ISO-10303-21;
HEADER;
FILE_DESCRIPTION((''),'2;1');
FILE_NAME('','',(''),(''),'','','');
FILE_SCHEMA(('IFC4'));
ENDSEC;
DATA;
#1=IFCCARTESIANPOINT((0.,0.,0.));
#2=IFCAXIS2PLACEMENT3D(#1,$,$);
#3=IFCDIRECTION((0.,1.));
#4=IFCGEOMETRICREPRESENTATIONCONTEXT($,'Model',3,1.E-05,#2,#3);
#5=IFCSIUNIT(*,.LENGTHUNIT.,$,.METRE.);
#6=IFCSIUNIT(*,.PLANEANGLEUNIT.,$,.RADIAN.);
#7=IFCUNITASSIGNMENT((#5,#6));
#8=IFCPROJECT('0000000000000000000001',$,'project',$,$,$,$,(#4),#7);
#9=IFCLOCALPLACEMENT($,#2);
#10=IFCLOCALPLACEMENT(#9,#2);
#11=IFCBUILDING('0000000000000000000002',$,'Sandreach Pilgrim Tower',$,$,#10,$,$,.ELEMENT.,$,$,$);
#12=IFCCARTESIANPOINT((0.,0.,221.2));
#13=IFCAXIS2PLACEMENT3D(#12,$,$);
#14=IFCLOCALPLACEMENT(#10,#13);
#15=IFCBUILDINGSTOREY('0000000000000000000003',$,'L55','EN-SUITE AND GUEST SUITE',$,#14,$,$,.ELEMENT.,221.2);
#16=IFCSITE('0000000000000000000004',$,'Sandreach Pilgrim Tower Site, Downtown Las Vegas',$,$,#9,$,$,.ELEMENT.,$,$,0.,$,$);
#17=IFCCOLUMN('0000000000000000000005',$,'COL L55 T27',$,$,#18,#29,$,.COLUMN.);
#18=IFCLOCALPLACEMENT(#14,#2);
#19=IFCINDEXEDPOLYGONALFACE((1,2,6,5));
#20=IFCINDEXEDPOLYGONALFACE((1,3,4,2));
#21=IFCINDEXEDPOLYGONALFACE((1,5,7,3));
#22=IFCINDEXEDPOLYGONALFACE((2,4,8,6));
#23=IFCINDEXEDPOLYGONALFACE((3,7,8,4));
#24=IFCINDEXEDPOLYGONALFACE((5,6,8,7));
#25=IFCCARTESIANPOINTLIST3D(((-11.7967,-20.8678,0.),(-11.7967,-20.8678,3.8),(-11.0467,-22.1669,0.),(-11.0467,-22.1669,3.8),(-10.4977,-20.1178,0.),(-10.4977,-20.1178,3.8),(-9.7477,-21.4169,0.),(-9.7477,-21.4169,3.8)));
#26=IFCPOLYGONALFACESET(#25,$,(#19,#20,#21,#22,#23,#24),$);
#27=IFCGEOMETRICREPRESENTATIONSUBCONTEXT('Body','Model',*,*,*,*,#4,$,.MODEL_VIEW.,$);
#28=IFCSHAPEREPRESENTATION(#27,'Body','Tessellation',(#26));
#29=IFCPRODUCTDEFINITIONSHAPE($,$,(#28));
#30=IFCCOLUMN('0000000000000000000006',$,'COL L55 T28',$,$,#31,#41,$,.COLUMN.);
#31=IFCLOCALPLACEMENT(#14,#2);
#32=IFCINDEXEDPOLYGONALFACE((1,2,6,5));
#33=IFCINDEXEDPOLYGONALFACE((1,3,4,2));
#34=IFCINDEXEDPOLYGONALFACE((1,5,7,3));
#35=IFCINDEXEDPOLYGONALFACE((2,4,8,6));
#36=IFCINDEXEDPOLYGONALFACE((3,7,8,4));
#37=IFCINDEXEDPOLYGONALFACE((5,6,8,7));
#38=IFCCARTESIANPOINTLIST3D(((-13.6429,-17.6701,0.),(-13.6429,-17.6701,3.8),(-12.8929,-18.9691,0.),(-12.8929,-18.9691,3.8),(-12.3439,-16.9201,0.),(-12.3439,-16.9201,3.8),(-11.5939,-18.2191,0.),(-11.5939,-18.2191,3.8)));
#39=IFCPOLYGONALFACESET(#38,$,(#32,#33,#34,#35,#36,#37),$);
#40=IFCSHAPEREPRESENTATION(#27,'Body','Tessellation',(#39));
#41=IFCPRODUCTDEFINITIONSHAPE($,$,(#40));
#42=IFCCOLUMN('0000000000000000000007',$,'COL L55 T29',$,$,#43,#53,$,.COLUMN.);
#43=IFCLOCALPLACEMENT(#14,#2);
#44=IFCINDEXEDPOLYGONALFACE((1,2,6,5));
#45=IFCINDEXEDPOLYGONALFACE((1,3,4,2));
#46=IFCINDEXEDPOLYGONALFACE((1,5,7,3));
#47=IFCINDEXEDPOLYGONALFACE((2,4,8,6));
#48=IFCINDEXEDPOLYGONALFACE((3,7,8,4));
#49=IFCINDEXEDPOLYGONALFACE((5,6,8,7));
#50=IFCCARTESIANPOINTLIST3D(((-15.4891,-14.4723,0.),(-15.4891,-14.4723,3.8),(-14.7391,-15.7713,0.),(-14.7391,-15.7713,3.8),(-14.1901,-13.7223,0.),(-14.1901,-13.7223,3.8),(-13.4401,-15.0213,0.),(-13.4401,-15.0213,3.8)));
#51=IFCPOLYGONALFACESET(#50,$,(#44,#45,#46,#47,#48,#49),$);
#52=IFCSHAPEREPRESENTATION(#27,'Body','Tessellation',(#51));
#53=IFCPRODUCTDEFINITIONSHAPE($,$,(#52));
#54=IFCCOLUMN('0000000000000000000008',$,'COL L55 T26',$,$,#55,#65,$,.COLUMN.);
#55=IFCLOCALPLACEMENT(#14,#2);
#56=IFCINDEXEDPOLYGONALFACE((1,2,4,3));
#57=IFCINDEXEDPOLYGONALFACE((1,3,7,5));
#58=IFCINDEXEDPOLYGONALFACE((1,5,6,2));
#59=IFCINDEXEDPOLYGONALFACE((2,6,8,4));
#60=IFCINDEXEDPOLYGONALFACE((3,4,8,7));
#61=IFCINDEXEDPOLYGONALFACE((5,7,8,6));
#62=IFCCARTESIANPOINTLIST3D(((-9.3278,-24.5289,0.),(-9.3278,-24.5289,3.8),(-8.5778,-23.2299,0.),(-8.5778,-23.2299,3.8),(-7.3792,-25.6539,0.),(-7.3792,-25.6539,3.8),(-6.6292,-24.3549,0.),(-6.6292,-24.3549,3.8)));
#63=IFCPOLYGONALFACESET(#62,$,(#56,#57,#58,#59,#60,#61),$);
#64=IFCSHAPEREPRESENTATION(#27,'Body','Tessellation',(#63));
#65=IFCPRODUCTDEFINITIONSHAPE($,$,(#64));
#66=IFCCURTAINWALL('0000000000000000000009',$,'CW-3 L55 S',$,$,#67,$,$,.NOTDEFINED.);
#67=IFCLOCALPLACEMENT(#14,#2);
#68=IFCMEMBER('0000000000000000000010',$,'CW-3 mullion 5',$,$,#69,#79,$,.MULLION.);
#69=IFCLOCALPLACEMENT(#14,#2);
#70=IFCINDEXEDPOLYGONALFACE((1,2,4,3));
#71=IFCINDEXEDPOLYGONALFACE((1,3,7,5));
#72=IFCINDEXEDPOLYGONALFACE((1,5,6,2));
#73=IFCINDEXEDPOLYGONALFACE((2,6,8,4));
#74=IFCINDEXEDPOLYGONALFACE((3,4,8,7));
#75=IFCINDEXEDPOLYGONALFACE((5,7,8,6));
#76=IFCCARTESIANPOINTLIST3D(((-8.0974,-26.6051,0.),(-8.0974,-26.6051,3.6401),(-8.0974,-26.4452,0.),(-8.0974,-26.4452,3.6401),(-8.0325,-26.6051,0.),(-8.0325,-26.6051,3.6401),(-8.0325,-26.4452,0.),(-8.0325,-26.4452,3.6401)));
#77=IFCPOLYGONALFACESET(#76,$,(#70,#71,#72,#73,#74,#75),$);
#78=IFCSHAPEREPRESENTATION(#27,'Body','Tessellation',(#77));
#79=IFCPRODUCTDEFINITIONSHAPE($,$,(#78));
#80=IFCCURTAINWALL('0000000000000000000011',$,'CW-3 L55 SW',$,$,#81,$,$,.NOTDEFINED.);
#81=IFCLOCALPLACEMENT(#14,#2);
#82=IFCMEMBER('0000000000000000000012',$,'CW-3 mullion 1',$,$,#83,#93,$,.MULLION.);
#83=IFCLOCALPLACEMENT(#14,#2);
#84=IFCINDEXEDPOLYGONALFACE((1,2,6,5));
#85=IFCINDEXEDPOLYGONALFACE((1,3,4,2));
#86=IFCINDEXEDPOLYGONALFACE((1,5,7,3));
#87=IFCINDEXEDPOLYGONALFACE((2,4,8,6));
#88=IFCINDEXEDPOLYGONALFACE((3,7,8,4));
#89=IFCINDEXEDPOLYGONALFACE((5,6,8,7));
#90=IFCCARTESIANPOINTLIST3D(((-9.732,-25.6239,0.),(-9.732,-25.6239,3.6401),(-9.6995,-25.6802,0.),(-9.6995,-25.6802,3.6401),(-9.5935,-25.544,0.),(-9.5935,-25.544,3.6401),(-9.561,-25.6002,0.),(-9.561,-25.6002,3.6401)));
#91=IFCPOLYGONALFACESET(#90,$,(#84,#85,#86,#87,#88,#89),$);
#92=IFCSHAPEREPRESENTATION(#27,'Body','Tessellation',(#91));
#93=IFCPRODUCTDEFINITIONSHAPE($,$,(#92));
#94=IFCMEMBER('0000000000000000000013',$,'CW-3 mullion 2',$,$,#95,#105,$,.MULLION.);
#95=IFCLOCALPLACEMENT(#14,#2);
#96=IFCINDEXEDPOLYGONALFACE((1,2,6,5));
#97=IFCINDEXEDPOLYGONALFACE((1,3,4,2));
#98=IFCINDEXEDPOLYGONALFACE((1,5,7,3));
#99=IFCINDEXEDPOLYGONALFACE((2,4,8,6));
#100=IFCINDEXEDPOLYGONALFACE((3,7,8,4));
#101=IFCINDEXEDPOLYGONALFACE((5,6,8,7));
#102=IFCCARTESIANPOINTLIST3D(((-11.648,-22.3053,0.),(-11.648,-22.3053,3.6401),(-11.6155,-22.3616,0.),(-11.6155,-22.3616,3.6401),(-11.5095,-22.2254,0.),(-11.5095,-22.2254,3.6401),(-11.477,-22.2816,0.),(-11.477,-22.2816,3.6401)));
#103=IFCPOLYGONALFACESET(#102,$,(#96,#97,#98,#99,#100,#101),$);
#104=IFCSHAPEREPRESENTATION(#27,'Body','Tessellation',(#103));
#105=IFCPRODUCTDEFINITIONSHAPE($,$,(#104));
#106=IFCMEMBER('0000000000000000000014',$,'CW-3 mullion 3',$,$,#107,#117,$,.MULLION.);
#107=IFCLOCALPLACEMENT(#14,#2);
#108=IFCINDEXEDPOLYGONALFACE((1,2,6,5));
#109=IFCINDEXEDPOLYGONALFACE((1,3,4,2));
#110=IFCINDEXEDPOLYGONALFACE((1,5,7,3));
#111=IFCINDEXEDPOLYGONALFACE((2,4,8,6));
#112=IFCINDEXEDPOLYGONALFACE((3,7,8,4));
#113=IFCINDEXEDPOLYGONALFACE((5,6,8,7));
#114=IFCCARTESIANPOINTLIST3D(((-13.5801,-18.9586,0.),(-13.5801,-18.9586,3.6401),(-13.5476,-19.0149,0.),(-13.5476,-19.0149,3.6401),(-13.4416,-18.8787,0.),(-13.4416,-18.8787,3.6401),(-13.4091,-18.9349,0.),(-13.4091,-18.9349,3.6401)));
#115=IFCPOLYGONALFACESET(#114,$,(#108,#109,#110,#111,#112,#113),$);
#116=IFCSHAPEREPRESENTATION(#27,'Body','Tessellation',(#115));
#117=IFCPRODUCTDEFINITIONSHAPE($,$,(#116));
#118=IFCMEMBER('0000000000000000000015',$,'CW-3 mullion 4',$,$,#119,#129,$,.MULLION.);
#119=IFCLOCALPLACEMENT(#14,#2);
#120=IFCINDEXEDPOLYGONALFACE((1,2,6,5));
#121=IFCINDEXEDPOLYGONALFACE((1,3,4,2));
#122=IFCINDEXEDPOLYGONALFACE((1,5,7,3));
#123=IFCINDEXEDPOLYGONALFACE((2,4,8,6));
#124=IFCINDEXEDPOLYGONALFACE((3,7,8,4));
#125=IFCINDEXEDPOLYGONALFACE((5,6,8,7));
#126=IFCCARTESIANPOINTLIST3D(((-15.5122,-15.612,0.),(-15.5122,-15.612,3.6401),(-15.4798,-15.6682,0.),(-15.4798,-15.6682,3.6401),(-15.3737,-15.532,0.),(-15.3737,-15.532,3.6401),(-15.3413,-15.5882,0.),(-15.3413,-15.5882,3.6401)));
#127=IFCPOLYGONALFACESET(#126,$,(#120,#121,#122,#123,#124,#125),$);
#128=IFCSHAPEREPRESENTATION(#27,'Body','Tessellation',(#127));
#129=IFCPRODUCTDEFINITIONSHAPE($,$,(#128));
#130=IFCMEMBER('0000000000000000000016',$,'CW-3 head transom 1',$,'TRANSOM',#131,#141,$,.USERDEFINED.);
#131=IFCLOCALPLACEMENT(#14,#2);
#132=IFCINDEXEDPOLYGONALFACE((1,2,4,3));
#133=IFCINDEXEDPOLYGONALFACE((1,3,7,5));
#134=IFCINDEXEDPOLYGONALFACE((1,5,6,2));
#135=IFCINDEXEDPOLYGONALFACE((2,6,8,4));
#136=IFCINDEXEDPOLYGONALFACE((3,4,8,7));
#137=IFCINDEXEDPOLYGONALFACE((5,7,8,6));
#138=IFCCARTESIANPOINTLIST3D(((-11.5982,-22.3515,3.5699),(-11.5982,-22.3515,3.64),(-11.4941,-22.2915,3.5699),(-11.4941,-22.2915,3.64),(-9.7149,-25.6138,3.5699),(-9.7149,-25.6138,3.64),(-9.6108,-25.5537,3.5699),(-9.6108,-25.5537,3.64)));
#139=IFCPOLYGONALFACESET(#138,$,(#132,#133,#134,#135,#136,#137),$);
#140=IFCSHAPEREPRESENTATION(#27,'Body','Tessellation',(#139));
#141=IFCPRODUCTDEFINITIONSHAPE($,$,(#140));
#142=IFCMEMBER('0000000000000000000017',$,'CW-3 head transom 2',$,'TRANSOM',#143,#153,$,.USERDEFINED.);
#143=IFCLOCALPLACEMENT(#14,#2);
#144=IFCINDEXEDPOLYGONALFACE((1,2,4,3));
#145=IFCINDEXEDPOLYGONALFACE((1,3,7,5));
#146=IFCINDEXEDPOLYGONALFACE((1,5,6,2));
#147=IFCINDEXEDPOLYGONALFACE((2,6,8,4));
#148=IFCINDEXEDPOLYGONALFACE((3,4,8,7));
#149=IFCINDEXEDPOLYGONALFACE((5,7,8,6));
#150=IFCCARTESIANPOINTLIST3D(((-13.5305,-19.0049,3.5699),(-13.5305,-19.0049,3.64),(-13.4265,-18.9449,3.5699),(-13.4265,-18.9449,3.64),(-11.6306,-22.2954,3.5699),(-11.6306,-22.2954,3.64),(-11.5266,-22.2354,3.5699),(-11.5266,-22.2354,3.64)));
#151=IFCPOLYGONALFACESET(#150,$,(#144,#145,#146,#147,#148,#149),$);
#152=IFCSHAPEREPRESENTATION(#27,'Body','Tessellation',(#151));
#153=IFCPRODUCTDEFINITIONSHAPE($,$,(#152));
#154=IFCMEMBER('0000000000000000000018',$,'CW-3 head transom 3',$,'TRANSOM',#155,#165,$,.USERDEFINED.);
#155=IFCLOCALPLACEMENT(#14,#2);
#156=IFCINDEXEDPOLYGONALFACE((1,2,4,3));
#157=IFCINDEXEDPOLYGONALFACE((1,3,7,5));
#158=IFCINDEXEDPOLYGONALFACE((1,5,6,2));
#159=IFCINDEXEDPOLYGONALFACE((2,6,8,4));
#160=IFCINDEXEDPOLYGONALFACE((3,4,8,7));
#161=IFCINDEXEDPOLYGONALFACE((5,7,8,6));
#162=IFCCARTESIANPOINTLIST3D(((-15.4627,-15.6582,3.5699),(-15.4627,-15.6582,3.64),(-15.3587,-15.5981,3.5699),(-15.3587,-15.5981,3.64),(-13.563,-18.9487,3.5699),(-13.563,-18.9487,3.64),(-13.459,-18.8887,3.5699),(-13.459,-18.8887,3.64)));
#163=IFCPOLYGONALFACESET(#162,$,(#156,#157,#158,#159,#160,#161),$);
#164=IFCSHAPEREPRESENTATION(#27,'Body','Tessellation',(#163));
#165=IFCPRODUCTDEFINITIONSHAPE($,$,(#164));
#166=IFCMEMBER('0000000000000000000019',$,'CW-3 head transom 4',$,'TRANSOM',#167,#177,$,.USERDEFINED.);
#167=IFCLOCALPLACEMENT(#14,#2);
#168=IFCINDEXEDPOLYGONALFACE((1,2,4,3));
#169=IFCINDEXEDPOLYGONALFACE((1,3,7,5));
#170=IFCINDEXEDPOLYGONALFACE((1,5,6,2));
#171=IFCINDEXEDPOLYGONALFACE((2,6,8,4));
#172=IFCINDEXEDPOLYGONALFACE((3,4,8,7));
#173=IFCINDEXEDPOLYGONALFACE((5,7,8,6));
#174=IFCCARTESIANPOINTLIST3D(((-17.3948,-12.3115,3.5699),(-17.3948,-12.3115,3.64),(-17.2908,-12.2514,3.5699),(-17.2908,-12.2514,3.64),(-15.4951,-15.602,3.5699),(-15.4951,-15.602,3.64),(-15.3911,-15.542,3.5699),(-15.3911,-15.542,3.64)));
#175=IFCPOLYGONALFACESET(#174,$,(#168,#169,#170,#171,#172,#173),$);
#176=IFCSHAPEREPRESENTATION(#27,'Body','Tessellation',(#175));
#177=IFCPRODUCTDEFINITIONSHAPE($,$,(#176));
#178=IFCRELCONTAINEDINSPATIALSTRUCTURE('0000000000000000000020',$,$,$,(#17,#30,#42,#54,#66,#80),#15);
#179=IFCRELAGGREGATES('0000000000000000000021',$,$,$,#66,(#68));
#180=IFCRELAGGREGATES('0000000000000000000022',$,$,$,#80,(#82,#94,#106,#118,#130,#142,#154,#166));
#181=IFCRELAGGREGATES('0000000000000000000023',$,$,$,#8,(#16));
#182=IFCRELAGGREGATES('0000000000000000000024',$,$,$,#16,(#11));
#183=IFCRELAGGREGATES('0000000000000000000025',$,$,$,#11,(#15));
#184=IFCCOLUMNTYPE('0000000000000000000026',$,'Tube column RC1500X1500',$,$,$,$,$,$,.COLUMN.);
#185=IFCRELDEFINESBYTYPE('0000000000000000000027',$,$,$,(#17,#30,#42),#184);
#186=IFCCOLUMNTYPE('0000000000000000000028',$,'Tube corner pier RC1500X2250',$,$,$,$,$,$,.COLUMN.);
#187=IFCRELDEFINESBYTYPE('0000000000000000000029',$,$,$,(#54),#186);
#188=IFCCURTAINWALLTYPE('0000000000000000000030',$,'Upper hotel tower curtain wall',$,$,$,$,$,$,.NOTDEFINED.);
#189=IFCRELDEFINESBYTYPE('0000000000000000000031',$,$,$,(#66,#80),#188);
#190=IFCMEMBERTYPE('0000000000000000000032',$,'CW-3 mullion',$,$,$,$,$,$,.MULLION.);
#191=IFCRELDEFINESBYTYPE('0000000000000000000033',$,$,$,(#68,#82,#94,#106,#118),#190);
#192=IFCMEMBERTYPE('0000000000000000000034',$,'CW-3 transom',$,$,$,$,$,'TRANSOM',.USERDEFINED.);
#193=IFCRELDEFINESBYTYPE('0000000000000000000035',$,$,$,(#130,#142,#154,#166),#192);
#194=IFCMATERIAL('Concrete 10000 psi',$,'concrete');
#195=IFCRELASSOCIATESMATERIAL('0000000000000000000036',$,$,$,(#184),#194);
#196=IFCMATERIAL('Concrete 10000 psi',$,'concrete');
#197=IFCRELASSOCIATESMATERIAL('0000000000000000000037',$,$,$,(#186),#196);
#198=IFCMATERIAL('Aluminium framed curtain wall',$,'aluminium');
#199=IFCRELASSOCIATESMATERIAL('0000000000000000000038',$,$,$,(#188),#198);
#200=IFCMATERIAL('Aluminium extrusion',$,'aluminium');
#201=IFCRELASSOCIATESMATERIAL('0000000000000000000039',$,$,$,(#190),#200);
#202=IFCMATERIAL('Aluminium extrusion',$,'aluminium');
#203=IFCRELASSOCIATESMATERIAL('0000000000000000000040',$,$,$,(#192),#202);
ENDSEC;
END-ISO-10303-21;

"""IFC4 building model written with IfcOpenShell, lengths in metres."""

from ifc_helpers import new_model, si_unit, direction, frame, origin, origin_2d, place, context, subcontext, project, spatial, rectangle, extrude, material, material_profile, profile_set, type_object, element, aggregate, save


model = new_model("IFC4")

# Units and contexts
model_context = context("Model", 3, precision=1e-05, world=origin(), true_north=direction((0.0, 1.0)))
body_context = subcontext(model_context, "Body", "Model", "MODEL_VIEW")
ifc_project = project(units=[si_unit("LENGTHUNIT", "METRE"), si_unit("PLANEANGLEUNIT", "RADIAN")], contexts=[model_context])

# Site, building, storey
site_placement = place(None, origin())
site = spatial("IfcSite", under=ifc_project, at=site_placement, Name="Sandreach Pilgrim Tower Site, Downtown Las Vegas", CompositionType="ELEMENT", RefElevation=0.0)
building_placement = place(site_placement, origin())
building = spatial("IfcBuilding", under=site, at=building_placement, Name="Sandreach Pilgrim Tower", CompositionType="ELEMENT")
storey_placement = place(building_placement, frame((0.0, 0.0, 221.2)))
storey = spatial("IfcBuildingStorey", under=building, at=storey_placement, Name="L55", Description="EN-SUITE AND GUEST SUITE", CompositionType="ELEMENT", Elevation=221.2)

# Columns
ifc_material_1 = material(Name="Concrete 10000 psi", Category="concrete")
ifc_material_profile_1 = material_profile(ifc_material_1, rectangle(XDim=1.5, YDim=1.5, at=origin_2d()), Name="RC1500X1500")
ifc_profile_set_1 = profile_set([ifc_material_profile_1], Name="Concrete 10000 psi")
column_type_1 = type_object("IfcColumnType", Name="Tube column RC1500X1500", PredefinedType="COLUMN", material=ifc_profile_set_1)
for number, where, z_axis, x_axis, name in (
    (1, (-10.7722, -21.1423, 0.0), (0.0, 0.0, 1.0), (-0.866025, -0.5, 0.0), "COL L55 T27"),
    (2, (-12.6184, -17.9446, 0.0), (0.0, 0.0, 1.0), (-0.866025, -0.5, 0.0), "COL L55 T28"),
    (3, (-14.4646, -14.7468, 0.0), (0.0, 0.0, 1.0), (-0.866025, -0.5, 0.0), "COL L55 T29"),
):
    element("IfcColumn", number, at=place(storey_placement, frame(where, z_axis=z_axis, x_axis=x_axis)), inside=storey, type_object=column_type_1, Name=name, PredefinedType="COLUMN", context=body_context, shape_type="SweptSolid", body=[
        extrude(rectangle(XDim=1.5, YDim=1.5, at=origin_2d()), origin(), (0.0, 0.0, 1.0), 3.8),
    ])
ifc_material_2 = material(Name="Concrete 10000 psi", Category="concrete")
ifc_material_profile_2 = material_profile(ifc_material_2, rectangle(XDim=1.5, YDim=2.25, at=origin_2d()), Name="RC1500X2250")
ifc_profile_set_2 = profile_set([ifc_material_profile_2], Name="Concrete 10000 psi")
column_type_2 = type_object("IfcColumnType", Name="Tube corner pier RC1500X2250", PredefinedType="COLUMN", material=ifc_profile_set_2)
column_placement = place(storey_placement, frame((-7.9785, -24.4419, 0.0), z_axis=(0.0, 0.0, 1.0), x_axis=(-0.5, -0.866025, 0.0)))
element("IfcColumn", 4, at=column_placement, inside=storey, type_object=column_type_2, Name="COL L55 T26", PredefinedType="COLUMN", context=body_context, shape_type="SweptSolid", body=[
    extrude(rectangle(XDim=1.5, YDim=2.25, at=origin_2d()), origin(), (0.0, 0.0, 1.0), 3.8),
])

# Curtain wall, member
ifc_material_3 = material(Name="Aluminium framed curtain wall", Category="aluminium")
curtain_wall_type = type_object("IfcCurtainWallType", Name="Upper hotel tower curtain wall", PredefinedType="NOTDEFINED", material=ifc_material_3)
curtain_wall_1_placement = place(storey_placement, origin())
curtain_wall_1 = element("IfcCurtainWall", 5, at=curtain_wall_1_placement, inside=storey, type_object=curtain_wall_type, Name="CW-3 L55 S", PredefinedType="NOTDEFINED")
ifc_material_4 = material(Name="Aluminium extrusion", Category="aluminium")
ifc_material_profile_3 = material_profile(ifc_material_4, rectangle(XDim=0.0649, YDim=0.1599, at=origin_2d()), Name="CW-3M 65X160")
ifc_profile_set_3 = profile_set([ifc_material_profile_3], Name="Aluminium extrusion")
member_type_1 = type_object("IfcMemberType", Name="CW-3 mullion", PredefinedType="MULLION", material=ifc_profile_set_3)
member_1_placement = place(storey_placement, frame((-8.0649, -26.5251, 0.0), z_axis=(0.0, 0.0, 1.0), x_axis=(-1.0, 0.0, 0.0)))
member_1 = element("IfcMember", 6, at=member_1_placement, type_object=member_type_1, Name="CW-3 mullion 5", PredefinedType="MULLION", context=body_context, shape_type="SweptSolid", body=[
    extrude(rectangle(XDim=0.0649, YDim=0.1599, at=origin_2d()), origin(), (0.0, 0.0, 1.0), 3.6401),
])
aggregate(curtain_wall_1, [member_1])

# Curtain wall, members
curtain_wall_2_placement = place(storey_placement, origin())
curtain_wall_2 = element("IfcCurtainWall", 7, at=curtain_wall_2_placement, inside=storey, type_object=curtain_wall_type, Name="CW-3 L55 SW", PredefinedType="NOTDEFINED")
member_2_placement = place(storey_placement, frame((-9.6465, -25.6121, 0.0), z_axis=(0.0, 0.0, 1.0), x_axis=(-0.5, 0.866025, 0.0)))
member_2 = element("IfcMember", 8, at=member_2_placement, type_object=member_type_1, Name="CW-3 mullion 1", PredefinedType="MULLION", context=body_context, shape_type="SweptSolid", body=[
    extrude(rectangle(XDim=0.0649, YDim=0.1599, at=origin_2d()), origin(), (0.0, 0.0, 1.0), 3.6401),
])
member_3_placement = place(storey_placement, frame((-11.5625, -22.2935, 0.0), z_axis=(0.0, 0.0, 1.0), x_axis=(-0.5, 0.866025, 0.0)))
member_3 = element("IfcMember", 9, at=member_3_placement, type_object=member_type_1, Name="CW-3 mullion 2", PredefinedType="MULLION", context=body_context, shape_type="SweptSolid", body=[
    extrude(rectangle(XDim=0.0649, YDim=0.1599, at=origin_2d()), origin(), (0.0, 0.0, 1.0), 3.6401),
])
member_4_placement = place(storey_placement, frame((-13.4946, -18.9468, 0.0), z_axis=(0.0, 0.0, 1.0), x_axis=(-0.5, 0.866025, 0.0)))
member_4 = element("IfcMember", 10, at=member_4_placement, type_object=member_type_1, Name="CW-3 mullion 3", PredefinedType="MULLION", context=body_context, shape_type="SweptSolid", body=[
    extrude(rectangle(XDim=0.0649, YDim=0.1599, at=origin_2d()), origin(), (0.0, 0.0, 1.0), 3.6401),
])
member_5_placement = place(storey_placement, frame((-15.4268, -15.6001, 0.0), z_axis=(0.0, 0.0, 1.0), x_axis=(-0.5, 0.866025, 0.0)))
member_5 = element("IfcMember", 11, at=member_5_placement, type_object=member_type_1, Name="CW-3 mullion 4", PredefinedType="MULLION", context=body_context, shape_type="SweptSolid", body=[
    extrude(rectangle(XDim=0.0649, YDim=0.1599, at=origin_2d()), origin(), (0.0, 0.0, 1.0), 3.6401),
])
ifc_material_5 = material(Name="Aluminium extrusion", Category="aluminium")
ifc_material_profile_4 = material_profile(ifc_material_5, rectangle(XDim=0.1201, YDim=0.0701, at=origin_2d()), Name="CW-3T 120X70")
ifc_profile_set_4 = profile_set([ifc_material_profile_4], Name="Aluminium extrusion")
member_type_2 = type_object("IfcMemberType", Name="CW-3 transom", ElementType="TRANSOM", PredefinedType="USERDEFINED", material=ifc_profile_set_4)
member_6_placement = place(storey_placement, frame((-9.6628, -25.5837, 3.605), z_axis=(-0.499973, 0.866041, 0.0), x_axis=(-0.866041, -0.499973, 0.0)))
member_6 = element("IfcMember", 12, at=member_6_placement, type_object=member_type_2, Name="CW-3 head transom 1", ObjectType="TRANSOM", PredefinedType="USERDEFINED", context=body_context, shape_type="SweptSolid", body=[
    extrude(rectangle(XDim=0.1201, YDim=0.0701, at=origin_2d()), origin(), (0.0, 0.0, 1.0), 3.7668),
])
member_7_placement = place(storey_placement, frame((-11.5786, -22.2654, 3.605), z_axis=(-0.500023, 0.866012, 0.0), x_axis=(-0.866012, -0.500023, 0.0)))
member_7 = element("IfcMember", 13, at=member_7_placement, type_object=member_type_2, Name="CW-3 head transom 2", ObjectType="TRANSOM", PredefinedType="USERDEFINED", context=body_context, shape_type="SweptSolid", body=[
    extrude(rectangle(XDim=0.1201, YDim=0.0701, at=origin_2d()), origin(), (0.0, 0.0, 1.0), 3.7996),
])
member_8_placement = place(storey_placement, frame((-13.511, -18.9187, 3.605), z_axis=(-0.499975, 0.86604, 0.0), x_axis=(-0.86604, -0.499975, 0.0)))
member_8 = element("IfcMember", 14, at=member_8_placement, type_object=member_type_2, Name="CW-3 head transom 3", ObjectType="TRANSOM", PredefinedType="USERDEFINED", context=body_context, shape_type="SweptSolid", body=[
    extrude(rectangle(XDim=0.1201, YDim=0.0701, at=origin_2d()), origin(), (0.0, 0.0, 1.0), 3.7996),
])
member_9_placement = place(storey_placement, frame((-15.4431, -15.572, 3.605), z_axis=(-0.499975, 0.86604, 0.0), x_axis=(-0.86604, -0.499975, 0.0)))
member_9 = element("IfcMember", 15, at=member_9_placement, type_object=member_type_2, Name="CW-3 head transom 4", ObjectType="TRANSOM", PredefinedType="USERDEFINED", context=body_context, shape_type="SweptSolid", body=[
    extrude(rectangle(XDim=0.1201, YDim=0.0701, at=origin_2d()), origin(), (0.0, 0.0, 1.0), 3.7996),
])

aggregate(curtain_wall_2, [member_2, member_3, member_4, member_5, member_6, member_7, member_8, member_9])

save(model, "model.ifc")
